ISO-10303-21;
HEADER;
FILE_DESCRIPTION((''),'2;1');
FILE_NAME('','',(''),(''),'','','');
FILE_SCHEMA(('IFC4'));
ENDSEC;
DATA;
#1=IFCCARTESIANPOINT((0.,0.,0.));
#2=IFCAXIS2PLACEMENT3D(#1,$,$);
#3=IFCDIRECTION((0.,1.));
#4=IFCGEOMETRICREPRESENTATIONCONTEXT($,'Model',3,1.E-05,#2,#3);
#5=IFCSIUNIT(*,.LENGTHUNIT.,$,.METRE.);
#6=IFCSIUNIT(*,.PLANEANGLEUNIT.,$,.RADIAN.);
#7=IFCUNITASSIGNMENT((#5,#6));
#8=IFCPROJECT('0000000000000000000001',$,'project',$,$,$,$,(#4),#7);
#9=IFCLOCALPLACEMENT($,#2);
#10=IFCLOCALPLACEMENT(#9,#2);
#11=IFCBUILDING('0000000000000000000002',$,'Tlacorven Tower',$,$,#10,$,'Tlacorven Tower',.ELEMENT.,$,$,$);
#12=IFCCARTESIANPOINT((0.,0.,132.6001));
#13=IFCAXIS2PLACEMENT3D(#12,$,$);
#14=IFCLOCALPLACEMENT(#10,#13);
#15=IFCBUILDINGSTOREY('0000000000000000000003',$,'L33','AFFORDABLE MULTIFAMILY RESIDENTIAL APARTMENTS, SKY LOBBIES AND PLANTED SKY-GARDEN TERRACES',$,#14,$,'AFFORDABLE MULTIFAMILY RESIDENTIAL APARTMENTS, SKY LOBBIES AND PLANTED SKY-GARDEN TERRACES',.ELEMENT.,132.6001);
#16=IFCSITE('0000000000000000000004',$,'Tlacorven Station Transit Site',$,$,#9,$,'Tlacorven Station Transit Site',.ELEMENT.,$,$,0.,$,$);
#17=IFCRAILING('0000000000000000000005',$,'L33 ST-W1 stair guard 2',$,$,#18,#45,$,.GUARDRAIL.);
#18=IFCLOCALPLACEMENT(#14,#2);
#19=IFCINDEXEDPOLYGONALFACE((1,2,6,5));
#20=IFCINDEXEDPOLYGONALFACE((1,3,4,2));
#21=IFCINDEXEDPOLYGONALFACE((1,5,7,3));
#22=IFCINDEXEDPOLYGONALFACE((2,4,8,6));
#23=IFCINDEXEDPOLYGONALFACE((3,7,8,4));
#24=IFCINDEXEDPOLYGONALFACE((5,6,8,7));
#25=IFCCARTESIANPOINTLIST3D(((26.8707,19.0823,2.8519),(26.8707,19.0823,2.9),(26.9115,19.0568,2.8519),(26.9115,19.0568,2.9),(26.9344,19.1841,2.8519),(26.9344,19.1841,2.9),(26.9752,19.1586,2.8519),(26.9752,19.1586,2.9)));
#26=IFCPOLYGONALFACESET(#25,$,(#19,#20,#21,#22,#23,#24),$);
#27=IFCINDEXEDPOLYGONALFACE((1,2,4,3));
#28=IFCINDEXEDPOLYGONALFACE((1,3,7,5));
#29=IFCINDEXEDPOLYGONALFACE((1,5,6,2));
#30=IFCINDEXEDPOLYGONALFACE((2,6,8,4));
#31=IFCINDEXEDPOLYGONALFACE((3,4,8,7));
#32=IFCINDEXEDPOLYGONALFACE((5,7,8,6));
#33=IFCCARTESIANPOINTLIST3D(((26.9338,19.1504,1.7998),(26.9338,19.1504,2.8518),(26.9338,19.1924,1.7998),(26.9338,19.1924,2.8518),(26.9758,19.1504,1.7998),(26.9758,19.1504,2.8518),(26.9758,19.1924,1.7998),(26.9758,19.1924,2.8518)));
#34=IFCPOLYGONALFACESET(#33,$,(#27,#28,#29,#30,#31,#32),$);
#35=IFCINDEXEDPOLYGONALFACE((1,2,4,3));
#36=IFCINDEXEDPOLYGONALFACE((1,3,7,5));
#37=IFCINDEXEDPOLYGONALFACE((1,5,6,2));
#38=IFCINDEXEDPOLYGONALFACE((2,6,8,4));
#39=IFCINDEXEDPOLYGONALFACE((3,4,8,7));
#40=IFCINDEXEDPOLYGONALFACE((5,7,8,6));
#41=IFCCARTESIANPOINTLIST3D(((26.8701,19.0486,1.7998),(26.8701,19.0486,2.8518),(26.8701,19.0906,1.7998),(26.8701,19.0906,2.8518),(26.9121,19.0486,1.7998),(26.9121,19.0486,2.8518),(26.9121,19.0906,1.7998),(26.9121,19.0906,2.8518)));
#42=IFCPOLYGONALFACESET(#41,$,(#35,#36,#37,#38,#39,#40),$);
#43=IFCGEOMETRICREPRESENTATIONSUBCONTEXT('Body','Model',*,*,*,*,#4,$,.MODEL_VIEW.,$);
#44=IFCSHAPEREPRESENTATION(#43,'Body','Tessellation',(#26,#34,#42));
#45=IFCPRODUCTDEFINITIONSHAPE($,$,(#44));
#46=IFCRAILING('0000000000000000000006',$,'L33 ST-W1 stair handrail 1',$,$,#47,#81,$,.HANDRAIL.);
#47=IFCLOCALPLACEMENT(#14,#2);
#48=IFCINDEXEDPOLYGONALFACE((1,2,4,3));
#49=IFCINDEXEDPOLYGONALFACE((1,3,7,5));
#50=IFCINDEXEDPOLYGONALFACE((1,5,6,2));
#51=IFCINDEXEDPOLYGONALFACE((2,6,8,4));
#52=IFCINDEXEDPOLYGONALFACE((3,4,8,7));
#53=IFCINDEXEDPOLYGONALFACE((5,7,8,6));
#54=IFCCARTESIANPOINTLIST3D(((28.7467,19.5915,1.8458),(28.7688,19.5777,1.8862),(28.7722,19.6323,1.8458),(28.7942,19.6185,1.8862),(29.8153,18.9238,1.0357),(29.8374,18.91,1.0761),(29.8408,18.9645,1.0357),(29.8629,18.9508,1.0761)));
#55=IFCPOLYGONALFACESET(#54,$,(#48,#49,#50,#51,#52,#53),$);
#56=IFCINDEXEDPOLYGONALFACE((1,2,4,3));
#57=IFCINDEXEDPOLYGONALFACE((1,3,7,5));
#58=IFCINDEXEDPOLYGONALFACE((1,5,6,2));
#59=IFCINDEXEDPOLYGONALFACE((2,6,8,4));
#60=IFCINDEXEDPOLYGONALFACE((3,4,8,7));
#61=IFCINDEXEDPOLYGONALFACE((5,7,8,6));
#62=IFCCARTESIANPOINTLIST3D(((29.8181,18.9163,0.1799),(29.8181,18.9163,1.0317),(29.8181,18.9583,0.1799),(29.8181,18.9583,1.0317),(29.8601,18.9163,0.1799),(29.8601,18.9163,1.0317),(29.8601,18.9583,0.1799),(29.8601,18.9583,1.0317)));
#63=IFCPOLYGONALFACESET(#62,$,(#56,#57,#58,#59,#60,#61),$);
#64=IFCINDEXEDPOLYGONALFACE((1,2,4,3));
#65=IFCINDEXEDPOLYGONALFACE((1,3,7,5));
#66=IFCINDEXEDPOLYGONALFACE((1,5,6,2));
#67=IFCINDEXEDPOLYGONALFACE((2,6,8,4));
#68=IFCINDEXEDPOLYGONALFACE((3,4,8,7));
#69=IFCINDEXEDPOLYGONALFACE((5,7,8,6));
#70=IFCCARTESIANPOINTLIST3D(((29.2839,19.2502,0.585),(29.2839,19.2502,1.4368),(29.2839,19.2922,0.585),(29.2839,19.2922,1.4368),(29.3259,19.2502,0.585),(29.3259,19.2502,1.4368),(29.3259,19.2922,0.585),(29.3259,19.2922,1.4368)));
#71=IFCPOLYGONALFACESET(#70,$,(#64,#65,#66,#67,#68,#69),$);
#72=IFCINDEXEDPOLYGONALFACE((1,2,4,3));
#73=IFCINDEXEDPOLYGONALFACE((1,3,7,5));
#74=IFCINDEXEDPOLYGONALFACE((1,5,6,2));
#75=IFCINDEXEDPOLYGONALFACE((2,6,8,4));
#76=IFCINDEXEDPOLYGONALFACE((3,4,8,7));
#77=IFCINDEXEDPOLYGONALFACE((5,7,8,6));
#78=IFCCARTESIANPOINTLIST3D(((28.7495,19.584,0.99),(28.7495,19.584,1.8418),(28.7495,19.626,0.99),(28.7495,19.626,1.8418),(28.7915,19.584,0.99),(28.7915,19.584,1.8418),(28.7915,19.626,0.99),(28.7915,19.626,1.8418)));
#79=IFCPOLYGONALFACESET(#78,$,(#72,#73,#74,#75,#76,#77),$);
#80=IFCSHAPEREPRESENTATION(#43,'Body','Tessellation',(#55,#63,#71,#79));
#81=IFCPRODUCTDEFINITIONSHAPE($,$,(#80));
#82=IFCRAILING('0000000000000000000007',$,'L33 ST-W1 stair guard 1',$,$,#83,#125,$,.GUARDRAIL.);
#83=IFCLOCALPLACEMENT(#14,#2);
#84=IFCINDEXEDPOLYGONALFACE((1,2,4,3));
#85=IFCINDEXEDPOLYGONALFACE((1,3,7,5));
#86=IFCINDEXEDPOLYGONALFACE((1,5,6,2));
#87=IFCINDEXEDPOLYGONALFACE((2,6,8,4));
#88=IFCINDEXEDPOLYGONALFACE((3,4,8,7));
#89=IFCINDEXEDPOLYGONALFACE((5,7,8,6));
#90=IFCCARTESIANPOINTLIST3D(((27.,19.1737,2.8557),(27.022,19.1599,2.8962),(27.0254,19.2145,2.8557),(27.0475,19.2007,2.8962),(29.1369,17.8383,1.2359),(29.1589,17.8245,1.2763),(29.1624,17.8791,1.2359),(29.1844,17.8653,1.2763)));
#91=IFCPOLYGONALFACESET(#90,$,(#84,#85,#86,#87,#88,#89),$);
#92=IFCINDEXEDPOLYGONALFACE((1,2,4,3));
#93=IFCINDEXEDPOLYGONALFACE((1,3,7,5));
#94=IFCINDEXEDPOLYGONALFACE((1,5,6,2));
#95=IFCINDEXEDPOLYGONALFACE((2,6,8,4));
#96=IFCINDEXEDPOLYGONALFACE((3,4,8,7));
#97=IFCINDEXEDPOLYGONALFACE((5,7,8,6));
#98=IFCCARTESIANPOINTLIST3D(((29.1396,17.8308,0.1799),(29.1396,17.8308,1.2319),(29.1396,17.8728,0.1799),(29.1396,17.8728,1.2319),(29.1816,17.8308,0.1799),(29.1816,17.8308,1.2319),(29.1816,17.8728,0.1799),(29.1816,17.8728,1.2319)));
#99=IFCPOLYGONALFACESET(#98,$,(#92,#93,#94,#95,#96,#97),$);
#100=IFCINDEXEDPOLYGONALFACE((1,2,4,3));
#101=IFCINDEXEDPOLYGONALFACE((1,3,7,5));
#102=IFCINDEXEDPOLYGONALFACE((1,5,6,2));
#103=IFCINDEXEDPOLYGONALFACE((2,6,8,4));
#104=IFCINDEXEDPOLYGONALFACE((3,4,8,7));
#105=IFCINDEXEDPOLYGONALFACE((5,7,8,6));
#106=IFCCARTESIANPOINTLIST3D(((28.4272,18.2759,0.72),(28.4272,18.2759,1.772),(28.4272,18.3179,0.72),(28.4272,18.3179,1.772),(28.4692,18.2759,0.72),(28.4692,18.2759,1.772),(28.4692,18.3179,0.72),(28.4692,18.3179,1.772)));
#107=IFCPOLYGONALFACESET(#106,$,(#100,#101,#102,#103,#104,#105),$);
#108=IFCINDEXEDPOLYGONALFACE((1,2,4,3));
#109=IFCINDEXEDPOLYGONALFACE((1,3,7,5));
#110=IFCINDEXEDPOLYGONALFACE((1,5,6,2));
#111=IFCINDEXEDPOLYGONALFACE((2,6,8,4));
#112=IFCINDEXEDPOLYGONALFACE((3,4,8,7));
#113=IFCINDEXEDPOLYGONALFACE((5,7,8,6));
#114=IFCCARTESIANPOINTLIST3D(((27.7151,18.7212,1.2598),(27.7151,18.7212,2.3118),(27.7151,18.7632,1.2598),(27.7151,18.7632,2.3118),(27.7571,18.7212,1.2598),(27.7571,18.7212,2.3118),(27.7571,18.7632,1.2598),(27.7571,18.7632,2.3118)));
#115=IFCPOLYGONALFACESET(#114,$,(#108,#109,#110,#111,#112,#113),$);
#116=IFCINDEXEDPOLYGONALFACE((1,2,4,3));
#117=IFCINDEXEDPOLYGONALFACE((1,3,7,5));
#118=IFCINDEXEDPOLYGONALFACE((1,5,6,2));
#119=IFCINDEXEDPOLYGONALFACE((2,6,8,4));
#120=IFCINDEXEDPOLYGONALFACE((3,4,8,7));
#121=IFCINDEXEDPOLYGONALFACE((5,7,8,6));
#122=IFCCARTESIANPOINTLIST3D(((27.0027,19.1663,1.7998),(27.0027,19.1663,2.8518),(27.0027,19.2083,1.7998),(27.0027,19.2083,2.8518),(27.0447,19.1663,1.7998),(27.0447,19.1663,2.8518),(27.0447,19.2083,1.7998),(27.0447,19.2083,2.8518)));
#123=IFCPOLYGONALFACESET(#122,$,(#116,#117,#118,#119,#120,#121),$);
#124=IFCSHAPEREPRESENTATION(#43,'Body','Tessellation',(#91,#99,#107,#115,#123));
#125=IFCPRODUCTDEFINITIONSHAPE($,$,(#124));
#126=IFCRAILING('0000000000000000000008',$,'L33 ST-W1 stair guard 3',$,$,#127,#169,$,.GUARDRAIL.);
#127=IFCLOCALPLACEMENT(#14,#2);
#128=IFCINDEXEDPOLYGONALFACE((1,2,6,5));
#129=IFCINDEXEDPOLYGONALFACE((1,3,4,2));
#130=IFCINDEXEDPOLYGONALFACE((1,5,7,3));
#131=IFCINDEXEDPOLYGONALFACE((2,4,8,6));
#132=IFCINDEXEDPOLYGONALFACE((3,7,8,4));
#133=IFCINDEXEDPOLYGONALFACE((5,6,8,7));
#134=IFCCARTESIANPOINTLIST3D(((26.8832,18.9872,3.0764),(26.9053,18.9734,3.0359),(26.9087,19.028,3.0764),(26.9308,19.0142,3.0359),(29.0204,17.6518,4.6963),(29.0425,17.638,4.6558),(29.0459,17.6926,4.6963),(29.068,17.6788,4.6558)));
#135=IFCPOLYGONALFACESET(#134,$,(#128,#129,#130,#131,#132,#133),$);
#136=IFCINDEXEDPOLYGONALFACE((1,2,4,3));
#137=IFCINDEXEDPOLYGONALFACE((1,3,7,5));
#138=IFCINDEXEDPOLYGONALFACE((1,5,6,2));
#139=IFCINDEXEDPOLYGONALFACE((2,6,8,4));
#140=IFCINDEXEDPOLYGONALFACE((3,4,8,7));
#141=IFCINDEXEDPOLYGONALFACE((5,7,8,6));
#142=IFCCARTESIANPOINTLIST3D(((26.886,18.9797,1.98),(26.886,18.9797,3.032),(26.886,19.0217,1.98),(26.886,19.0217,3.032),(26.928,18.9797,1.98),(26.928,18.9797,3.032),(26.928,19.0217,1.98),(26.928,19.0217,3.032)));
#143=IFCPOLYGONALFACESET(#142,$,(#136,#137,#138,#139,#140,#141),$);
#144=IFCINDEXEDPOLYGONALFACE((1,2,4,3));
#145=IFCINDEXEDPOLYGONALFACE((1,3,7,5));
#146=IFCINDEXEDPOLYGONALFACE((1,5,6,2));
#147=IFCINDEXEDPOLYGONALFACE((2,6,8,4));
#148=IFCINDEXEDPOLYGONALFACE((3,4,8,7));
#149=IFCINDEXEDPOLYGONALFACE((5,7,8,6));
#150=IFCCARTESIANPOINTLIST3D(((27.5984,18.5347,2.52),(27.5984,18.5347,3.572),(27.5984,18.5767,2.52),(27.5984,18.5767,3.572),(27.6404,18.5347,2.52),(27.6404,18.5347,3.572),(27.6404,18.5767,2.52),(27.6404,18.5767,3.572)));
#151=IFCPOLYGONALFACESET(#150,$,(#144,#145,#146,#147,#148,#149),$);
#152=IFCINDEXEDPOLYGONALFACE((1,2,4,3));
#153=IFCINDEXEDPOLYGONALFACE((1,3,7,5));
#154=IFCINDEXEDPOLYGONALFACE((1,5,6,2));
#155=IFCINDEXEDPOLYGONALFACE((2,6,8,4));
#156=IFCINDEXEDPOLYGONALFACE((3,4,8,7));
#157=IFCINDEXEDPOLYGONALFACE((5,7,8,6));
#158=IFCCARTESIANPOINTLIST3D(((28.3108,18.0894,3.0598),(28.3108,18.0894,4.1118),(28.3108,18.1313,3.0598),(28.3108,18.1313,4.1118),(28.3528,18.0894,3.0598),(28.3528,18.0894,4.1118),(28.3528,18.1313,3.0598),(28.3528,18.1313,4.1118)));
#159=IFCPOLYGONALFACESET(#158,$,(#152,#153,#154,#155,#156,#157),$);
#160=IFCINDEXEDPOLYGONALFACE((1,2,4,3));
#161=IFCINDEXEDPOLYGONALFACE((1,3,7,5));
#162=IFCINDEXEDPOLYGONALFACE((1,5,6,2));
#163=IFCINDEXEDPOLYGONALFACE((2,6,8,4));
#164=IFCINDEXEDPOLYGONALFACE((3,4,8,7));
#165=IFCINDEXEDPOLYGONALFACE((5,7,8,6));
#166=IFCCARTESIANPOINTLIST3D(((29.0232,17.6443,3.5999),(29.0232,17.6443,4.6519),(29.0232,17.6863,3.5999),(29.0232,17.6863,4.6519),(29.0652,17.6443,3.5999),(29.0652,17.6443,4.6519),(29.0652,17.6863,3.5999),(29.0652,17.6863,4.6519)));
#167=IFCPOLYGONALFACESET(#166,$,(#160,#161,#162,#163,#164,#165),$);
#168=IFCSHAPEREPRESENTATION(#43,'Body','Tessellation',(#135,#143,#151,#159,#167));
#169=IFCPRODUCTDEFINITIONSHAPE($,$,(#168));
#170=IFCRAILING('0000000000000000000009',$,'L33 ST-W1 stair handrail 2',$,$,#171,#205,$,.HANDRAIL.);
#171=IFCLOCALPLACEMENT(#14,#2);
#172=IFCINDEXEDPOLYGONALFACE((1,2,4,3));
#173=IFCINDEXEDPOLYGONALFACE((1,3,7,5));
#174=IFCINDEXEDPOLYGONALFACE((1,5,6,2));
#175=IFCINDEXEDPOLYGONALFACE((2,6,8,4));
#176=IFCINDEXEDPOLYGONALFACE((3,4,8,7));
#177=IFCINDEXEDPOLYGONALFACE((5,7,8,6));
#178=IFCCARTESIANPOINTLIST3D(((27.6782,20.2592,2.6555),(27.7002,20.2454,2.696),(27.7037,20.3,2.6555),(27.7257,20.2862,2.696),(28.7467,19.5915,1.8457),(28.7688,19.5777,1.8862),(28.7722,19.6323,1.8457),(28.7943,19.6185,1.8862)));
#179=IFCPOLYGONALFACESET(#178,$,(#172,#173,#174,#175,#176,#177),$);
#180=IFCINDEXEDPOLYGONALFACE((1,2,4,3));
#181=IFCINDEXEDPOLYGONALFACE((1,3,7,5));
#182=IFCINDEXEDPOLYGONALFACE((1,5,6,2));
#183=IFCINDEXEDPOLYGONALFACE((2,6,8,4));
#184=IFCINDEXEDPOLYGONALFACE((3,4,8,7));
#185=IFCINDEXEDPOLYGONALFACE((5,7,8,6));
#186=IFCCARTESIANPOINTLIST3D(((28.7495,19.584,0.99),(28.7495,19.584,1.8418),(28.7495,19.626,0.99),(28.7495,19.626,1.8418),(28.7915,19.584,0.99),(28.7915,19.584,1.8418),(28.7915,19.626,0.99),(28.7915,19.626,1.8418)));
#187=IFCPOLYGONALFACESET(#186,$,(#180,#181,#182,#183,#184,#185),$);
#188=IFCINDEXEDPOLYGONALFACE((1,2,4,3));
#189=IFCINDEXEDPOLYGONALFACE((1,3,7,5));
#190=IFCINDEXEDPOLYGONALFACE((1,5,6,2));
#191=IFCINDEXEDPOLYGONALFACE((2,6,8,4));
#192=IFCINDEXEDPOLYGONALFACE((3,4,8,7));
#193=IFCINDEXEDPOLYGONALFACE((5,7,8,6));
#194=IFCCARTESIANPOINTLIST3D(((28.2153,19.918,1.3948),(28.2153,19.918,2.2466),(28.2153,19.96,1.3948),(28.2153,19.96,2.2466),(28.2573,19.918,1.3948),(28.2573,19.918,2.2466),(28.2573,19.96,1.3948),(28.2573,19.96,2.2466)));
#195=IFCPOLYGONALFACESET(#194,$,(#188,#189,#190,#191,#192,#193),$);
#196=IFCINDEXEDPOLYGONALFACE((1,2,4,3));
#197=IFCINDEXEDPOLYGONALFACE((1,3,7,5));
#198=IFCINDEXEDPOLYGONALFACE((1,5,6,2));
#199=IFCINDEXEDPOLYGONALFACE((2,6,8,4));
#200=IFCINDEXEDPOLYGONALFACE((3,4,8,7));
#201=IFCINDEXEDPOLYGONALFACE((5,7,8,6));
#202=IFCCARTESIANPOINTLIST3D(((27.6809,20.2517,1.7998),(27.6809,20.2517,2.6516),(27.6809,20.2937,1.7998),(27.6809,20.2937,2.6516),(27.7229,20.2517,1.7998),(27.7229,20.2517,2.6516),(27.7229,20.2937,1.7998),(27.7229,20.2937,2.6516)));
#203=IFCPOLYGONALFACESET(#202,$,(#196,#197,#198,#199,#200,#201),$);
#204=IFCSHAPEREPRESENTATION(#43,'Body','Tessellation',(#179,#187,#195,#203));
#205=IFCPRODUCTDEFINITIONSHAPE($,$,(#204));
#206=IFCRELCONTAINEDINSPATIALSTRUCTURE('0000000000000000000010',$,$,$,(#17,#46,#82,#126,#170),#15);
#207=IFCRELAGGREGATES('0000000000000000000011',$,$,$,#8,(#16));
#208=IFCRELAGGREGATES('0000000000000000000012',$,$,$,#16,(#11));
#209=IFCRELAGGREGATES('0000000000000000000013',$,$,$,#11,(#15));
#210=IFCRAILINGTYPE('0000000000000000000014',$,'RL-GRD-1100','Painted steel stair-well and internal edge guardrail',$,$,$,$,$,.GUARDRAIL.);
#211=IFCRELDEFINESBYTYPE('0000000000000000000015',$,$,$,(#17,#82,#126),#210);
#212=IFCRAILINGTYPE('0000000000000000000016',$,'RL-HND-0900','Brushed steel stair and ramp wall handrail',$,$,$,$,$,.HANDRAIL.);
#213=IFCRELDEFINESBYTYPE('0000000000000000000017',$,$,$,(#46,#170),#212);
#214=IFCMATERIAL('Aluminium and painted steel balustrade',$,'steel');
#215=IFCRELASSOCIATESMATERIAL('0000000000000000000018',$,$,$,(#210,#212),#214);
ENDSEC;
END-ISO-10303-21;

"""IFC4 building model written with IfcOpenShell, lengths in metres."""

from ifc_helpers import new_model, si_unit, direction, frame, origin, origin_2d, place, context, subcontext, project, spatial, rectangle, extrude, source, transform, mapped, material, type_object, element, save


model = new_model("IFC4")

# Units and contexts
model_context = context("Model", 3, precision=1e-05, world=origin(), true_north=direction((0.0, 1.0)))
body_context = subcontext(model_context, "Body", "Model", "MODEL_VIEW")
ifc_project = project(units=[si_unit("LENGTHUNIT", "METRE"), si_unit("PLANEANGLEUNIT", "RADIAN")], contexts=[model_context])

# Site, building, storey
site_placement = place(None, origin())
site = spatial("IfcSite", under=ifc_project, at=site_placement, Name="Tlacorven Station Transit Site", LongName="Tlacorven Station Transit Site", CompositionType="ELEMENT", RefElevation=0.0)
building_placement = place(site_placement, origin())
building = spatial("IfcBuilding", under=site, at=building_placement, Name="Tlacorven Tower", LongName="Tlacorven Tower", CompositionType="ELEMENT")
storey_placement = place(building_placement, frame((0.0, 0.0, 132.6001)))
storey = spatial("IfcBuildingStorey", under=building, at=storey_placement, Name="L33", Description="AFFORDABLE MULTIFAMILY RESIDENTIAL APARTMENTS, SKY LOBBIES AND PLANTED SKY-GARDEN TERRACES", LongName="AFFORDABLE MULTIFAMILY RESIDENTIAL APARTMENTS, SKY LOBBIES AND PLANTED SKY-GARDEN TERRACES", CompositionType="ELEMENT", Elevation=132.6001)

# Railings
ifc_material_1 = material(Name="Aluminium and painted steel balustrade", Category="steel")
railing_type_1 = type_object("IfcRailingType", Name="RL-GRD-1100", Description="Painted steel stair-well and internal edge guardrail", PredefinedType="GUARDRAIL", material=ifc_material_1)
shared_shape_1 = source(origin(), body_context, "Body", "SweptSolid", [
    extrude(rectangle(XDim=0.0481, YDim=0.0481, at=origin_2d()), frame((0.0, 0.0, 1.0762), z_axis=(-0.530547, -0.847656, 0.0), x_axis=(0.847656, -0.530547, 0.0)), (0.0, 0.0, 1.0), 0.1201),
    extrude(rectangle(XDim=0.042, YDim=0.042, at=origin_2d()), origin(), (0.0, 0.0, 1.0), 1.052),
    extrude(rectangle(XDim=0.042, YDim=0.042, at=origin_2d()), frame((-0.0637, -0.1018, 0.0)), (0.0, 0.0, 1.0), 1.052),
])
railing_1_placement = place(storey_placement, frame((26.9548, 19.1714, 1.7998)))
element("IfcRailing", 1, at=railing_1_placement, inside=storey, type_object=railing_type_1, Name="L33 ST-W1 stair guard 2", PredefinedType="GUARDRAIL", context=body_context, shape_type="MappedRepresentation", body=[
    mapped(shared_shape_1, transform((0.0, 0.0, 0.0), scale=1.0)),
])
railing_type_2 = type_object("IfcRailingType", Name="RL-HND-0900", Description="Brushed steel stair and ramp wall handrail", PredefinedType="HANDRAIL", material=ifc_material_1)
shared_shape_2 = source(origin(), body_context, "Body", "SweptSolid", [
    extrude(rectangle(XDim=0.0481, YDim=0.0481, at=origin_2d()), frame((0.0, 0.0, 0.876), z_axis=(-0.71336, 0.445748, 0.540765), x_axis=(-0.529912, -0.848053, 0.0)), (0.0, 0.0, 1.0), 1.498),
    extrude(rectangle(XDim=0.042, YDim=0.042, at=origin_2d()), origin(), (0.0, 0.0, 1.0), 0.8518),
    extrude(rectangle(XDim=0.042, YDim=0.042, at=origin_2d()), frame((-0.5342, 0.334, 0.405)), (0.0, 0.0, 1.0), 0.8518),
    extrude(rectangle(XDim=0.042, YDim=0.042, at=origin_2d()), frame((-1.0686, 0.6677, 0.8101)), (0.0, 0.0, 1.0), 0.8518),
])
railing_2_placement = place(storey_placement, frame((29.8391, 18.9373, 0.1799)))
element("IfcRailing", 2, at=railing_2_placement, inside=storey, type_object=railing_type_2, Name="L33 ST-W1 stair handrail 1", PredefinedType="HANDRAIL", context=body_context, shape_type="MappedRepresentation", body=[
    mapped(shared_shape_2, transform((0.0, 0.0, 0.0), scale=1.0)),
])
shared_shape_3 = source(origin(), body_context, "Body", "SweptSolid", [
    extrude(rectangle(XDim=0.0481, YDim=0.0481, at=origin_2d()), frame((0.0, 0.0, 1.0762), z_axis=(-0.713351, 0.445794, 0.540739), x_axis=(-0.529955, -0.848026, 0.0)), (0.0, 0.0, 1.0), 2.9956),
    extrude(rectangle(XDim=0.042, YDim=0.042, at=origin_2d()), origin(), (0.0, 0.0, 1.0), 1.052),
    extrude(rectangle(XDim=0.042, YDim=0.042, at=origin_2d()), frame((-0.7124, 0.4451, 0.54)), (0.0, 0.0, 1.0), 1.052),
    extrude(rectangle(XDim=0.042, YDim=0.042, at=origin_2d()), frame((-1.4246, 0.8904, 1.0798)), (0.0, 0.0, 1.0), 1.052),
    extrude(rectangle(XDim=0.042, YDim=0.042, at=origin_2d()), frame((-2.137, 1.3354, 1.6199)), (0.0, 0.0, 1.0), 1.052),
])
railing_3_placement = place(storey_placement, frame((29.1606, 17.8518, 0.1799)))
element("IfcRailing", 3, at=railing_3_placement, inside=storey, type_object=railing_type_1, Name="L33 ST-W1 stair guard 1", PredefinedType="GUARDRAIL", context=body_context, shape_type="MappedRepresentation", body=[
    mapped(shared_shape_3, transform((0.0, 0.0, 0.0), scale=1.0)),
])
shared_shape_4 = source(origin(), body_context, "Body", "SweptSolid", [
    extrude(rectangle(XDim=0.0481, YDim=0.0481, at=origin_2d()), frame((0.0, 0.0, 1.0762), z_axis=(0.713391, -0.445768, 0.540707), x_axis=(0.529912, 0.848053, 0.0)), (0.0, 0.0, 1.0), 2.9958),
    extrude(rectangle(XDim=0.042, YDim=0.042, at=origin_2d()), origin(), (0.0, 0.0, 1.0), 1.052),
    extrude(rectangle(XDim=0.042, YDim=0.042, at=origin_2d()), frame((0.7124, -0.4451, 0.54)), (0.0, 0.0, 1.0), 1.052),
    extrude(rectangle(XDim=0.042, YDim=0.042, at=origin_2d()), frame((1.4248, -0.8904, 1.0798)), (0.0, 0.0, 1.0), 1.052),
    extrude(rectangle(XDim=0.042, YDim=0.042, at=origin_2d()), frame((2.1372, -1.3354, 1.6199)), (0.0, 0.0, 1.0), 1.052),
])
railing_4_placement = place(storey_placement, frame((26.907, 19.0007, 1.98)))
element("IfcRailing", 4, at=railing_4_placement, inside=storey, type_object=railing_type_1, Name="L33 ST-W1 stair guard 3", PredefinedType="GUARDRAIL", context=body_context, shape_type="MappedRepresentation", body=[
    mapped(shared_shape_4, transform((0.0, 0.0, 0.0), scale=1.0)),
])
shared_shape_5 = source(origin(), body_context, "Body", "SweptSolid", [
    extrude(rectangle(XDim=0.0481, YDim=0.0481, at=origin_2d()), frame((0.0, 0.0, 0.876), z_axis=(-0.713423, 0.445787, 0.540649), x_axis=(-0.529912, -0.848053, 0.0)), (0.0, 0.0, 1.0), 1.4978),
    extrude(rectangle(XDim=0.042, YDim=0.042, at=origin_2d()), origin(), (0.0, 0.0, 1.0), 0.8518),
    extrude(rectangle(XDim=0.042, YDim=0.042, at=origin_2d()), frame((-0.5342, 0.334, 0.4048)), (0.0, 0.0, 1.0), 0.8518),
    extrude(rectangle(XDim=0.042, YDim=0.042, at=origin_2d()), frame((-1.0686, 0.6677, 0.8098)), (0.0, 0.0, 1.0), 0.8518),
])
railing_5_placement = place(storey_placement, frame((28.7705, 19.605, 0.99)))
element("IfcRailing", 5, at=railing_5_placement, inside=storey, type_object=railing_type_2, Name="L33 ST-W1 stair handrail 2", PredefinedType="HANDRAIL", context=body_context, shape_type="MappedRepresentation", body=[
    mapped(shared_shape_5, transform((0.0, 0.0, 0.0), scale=1.0)),
])

save(model, "model.ifc")
